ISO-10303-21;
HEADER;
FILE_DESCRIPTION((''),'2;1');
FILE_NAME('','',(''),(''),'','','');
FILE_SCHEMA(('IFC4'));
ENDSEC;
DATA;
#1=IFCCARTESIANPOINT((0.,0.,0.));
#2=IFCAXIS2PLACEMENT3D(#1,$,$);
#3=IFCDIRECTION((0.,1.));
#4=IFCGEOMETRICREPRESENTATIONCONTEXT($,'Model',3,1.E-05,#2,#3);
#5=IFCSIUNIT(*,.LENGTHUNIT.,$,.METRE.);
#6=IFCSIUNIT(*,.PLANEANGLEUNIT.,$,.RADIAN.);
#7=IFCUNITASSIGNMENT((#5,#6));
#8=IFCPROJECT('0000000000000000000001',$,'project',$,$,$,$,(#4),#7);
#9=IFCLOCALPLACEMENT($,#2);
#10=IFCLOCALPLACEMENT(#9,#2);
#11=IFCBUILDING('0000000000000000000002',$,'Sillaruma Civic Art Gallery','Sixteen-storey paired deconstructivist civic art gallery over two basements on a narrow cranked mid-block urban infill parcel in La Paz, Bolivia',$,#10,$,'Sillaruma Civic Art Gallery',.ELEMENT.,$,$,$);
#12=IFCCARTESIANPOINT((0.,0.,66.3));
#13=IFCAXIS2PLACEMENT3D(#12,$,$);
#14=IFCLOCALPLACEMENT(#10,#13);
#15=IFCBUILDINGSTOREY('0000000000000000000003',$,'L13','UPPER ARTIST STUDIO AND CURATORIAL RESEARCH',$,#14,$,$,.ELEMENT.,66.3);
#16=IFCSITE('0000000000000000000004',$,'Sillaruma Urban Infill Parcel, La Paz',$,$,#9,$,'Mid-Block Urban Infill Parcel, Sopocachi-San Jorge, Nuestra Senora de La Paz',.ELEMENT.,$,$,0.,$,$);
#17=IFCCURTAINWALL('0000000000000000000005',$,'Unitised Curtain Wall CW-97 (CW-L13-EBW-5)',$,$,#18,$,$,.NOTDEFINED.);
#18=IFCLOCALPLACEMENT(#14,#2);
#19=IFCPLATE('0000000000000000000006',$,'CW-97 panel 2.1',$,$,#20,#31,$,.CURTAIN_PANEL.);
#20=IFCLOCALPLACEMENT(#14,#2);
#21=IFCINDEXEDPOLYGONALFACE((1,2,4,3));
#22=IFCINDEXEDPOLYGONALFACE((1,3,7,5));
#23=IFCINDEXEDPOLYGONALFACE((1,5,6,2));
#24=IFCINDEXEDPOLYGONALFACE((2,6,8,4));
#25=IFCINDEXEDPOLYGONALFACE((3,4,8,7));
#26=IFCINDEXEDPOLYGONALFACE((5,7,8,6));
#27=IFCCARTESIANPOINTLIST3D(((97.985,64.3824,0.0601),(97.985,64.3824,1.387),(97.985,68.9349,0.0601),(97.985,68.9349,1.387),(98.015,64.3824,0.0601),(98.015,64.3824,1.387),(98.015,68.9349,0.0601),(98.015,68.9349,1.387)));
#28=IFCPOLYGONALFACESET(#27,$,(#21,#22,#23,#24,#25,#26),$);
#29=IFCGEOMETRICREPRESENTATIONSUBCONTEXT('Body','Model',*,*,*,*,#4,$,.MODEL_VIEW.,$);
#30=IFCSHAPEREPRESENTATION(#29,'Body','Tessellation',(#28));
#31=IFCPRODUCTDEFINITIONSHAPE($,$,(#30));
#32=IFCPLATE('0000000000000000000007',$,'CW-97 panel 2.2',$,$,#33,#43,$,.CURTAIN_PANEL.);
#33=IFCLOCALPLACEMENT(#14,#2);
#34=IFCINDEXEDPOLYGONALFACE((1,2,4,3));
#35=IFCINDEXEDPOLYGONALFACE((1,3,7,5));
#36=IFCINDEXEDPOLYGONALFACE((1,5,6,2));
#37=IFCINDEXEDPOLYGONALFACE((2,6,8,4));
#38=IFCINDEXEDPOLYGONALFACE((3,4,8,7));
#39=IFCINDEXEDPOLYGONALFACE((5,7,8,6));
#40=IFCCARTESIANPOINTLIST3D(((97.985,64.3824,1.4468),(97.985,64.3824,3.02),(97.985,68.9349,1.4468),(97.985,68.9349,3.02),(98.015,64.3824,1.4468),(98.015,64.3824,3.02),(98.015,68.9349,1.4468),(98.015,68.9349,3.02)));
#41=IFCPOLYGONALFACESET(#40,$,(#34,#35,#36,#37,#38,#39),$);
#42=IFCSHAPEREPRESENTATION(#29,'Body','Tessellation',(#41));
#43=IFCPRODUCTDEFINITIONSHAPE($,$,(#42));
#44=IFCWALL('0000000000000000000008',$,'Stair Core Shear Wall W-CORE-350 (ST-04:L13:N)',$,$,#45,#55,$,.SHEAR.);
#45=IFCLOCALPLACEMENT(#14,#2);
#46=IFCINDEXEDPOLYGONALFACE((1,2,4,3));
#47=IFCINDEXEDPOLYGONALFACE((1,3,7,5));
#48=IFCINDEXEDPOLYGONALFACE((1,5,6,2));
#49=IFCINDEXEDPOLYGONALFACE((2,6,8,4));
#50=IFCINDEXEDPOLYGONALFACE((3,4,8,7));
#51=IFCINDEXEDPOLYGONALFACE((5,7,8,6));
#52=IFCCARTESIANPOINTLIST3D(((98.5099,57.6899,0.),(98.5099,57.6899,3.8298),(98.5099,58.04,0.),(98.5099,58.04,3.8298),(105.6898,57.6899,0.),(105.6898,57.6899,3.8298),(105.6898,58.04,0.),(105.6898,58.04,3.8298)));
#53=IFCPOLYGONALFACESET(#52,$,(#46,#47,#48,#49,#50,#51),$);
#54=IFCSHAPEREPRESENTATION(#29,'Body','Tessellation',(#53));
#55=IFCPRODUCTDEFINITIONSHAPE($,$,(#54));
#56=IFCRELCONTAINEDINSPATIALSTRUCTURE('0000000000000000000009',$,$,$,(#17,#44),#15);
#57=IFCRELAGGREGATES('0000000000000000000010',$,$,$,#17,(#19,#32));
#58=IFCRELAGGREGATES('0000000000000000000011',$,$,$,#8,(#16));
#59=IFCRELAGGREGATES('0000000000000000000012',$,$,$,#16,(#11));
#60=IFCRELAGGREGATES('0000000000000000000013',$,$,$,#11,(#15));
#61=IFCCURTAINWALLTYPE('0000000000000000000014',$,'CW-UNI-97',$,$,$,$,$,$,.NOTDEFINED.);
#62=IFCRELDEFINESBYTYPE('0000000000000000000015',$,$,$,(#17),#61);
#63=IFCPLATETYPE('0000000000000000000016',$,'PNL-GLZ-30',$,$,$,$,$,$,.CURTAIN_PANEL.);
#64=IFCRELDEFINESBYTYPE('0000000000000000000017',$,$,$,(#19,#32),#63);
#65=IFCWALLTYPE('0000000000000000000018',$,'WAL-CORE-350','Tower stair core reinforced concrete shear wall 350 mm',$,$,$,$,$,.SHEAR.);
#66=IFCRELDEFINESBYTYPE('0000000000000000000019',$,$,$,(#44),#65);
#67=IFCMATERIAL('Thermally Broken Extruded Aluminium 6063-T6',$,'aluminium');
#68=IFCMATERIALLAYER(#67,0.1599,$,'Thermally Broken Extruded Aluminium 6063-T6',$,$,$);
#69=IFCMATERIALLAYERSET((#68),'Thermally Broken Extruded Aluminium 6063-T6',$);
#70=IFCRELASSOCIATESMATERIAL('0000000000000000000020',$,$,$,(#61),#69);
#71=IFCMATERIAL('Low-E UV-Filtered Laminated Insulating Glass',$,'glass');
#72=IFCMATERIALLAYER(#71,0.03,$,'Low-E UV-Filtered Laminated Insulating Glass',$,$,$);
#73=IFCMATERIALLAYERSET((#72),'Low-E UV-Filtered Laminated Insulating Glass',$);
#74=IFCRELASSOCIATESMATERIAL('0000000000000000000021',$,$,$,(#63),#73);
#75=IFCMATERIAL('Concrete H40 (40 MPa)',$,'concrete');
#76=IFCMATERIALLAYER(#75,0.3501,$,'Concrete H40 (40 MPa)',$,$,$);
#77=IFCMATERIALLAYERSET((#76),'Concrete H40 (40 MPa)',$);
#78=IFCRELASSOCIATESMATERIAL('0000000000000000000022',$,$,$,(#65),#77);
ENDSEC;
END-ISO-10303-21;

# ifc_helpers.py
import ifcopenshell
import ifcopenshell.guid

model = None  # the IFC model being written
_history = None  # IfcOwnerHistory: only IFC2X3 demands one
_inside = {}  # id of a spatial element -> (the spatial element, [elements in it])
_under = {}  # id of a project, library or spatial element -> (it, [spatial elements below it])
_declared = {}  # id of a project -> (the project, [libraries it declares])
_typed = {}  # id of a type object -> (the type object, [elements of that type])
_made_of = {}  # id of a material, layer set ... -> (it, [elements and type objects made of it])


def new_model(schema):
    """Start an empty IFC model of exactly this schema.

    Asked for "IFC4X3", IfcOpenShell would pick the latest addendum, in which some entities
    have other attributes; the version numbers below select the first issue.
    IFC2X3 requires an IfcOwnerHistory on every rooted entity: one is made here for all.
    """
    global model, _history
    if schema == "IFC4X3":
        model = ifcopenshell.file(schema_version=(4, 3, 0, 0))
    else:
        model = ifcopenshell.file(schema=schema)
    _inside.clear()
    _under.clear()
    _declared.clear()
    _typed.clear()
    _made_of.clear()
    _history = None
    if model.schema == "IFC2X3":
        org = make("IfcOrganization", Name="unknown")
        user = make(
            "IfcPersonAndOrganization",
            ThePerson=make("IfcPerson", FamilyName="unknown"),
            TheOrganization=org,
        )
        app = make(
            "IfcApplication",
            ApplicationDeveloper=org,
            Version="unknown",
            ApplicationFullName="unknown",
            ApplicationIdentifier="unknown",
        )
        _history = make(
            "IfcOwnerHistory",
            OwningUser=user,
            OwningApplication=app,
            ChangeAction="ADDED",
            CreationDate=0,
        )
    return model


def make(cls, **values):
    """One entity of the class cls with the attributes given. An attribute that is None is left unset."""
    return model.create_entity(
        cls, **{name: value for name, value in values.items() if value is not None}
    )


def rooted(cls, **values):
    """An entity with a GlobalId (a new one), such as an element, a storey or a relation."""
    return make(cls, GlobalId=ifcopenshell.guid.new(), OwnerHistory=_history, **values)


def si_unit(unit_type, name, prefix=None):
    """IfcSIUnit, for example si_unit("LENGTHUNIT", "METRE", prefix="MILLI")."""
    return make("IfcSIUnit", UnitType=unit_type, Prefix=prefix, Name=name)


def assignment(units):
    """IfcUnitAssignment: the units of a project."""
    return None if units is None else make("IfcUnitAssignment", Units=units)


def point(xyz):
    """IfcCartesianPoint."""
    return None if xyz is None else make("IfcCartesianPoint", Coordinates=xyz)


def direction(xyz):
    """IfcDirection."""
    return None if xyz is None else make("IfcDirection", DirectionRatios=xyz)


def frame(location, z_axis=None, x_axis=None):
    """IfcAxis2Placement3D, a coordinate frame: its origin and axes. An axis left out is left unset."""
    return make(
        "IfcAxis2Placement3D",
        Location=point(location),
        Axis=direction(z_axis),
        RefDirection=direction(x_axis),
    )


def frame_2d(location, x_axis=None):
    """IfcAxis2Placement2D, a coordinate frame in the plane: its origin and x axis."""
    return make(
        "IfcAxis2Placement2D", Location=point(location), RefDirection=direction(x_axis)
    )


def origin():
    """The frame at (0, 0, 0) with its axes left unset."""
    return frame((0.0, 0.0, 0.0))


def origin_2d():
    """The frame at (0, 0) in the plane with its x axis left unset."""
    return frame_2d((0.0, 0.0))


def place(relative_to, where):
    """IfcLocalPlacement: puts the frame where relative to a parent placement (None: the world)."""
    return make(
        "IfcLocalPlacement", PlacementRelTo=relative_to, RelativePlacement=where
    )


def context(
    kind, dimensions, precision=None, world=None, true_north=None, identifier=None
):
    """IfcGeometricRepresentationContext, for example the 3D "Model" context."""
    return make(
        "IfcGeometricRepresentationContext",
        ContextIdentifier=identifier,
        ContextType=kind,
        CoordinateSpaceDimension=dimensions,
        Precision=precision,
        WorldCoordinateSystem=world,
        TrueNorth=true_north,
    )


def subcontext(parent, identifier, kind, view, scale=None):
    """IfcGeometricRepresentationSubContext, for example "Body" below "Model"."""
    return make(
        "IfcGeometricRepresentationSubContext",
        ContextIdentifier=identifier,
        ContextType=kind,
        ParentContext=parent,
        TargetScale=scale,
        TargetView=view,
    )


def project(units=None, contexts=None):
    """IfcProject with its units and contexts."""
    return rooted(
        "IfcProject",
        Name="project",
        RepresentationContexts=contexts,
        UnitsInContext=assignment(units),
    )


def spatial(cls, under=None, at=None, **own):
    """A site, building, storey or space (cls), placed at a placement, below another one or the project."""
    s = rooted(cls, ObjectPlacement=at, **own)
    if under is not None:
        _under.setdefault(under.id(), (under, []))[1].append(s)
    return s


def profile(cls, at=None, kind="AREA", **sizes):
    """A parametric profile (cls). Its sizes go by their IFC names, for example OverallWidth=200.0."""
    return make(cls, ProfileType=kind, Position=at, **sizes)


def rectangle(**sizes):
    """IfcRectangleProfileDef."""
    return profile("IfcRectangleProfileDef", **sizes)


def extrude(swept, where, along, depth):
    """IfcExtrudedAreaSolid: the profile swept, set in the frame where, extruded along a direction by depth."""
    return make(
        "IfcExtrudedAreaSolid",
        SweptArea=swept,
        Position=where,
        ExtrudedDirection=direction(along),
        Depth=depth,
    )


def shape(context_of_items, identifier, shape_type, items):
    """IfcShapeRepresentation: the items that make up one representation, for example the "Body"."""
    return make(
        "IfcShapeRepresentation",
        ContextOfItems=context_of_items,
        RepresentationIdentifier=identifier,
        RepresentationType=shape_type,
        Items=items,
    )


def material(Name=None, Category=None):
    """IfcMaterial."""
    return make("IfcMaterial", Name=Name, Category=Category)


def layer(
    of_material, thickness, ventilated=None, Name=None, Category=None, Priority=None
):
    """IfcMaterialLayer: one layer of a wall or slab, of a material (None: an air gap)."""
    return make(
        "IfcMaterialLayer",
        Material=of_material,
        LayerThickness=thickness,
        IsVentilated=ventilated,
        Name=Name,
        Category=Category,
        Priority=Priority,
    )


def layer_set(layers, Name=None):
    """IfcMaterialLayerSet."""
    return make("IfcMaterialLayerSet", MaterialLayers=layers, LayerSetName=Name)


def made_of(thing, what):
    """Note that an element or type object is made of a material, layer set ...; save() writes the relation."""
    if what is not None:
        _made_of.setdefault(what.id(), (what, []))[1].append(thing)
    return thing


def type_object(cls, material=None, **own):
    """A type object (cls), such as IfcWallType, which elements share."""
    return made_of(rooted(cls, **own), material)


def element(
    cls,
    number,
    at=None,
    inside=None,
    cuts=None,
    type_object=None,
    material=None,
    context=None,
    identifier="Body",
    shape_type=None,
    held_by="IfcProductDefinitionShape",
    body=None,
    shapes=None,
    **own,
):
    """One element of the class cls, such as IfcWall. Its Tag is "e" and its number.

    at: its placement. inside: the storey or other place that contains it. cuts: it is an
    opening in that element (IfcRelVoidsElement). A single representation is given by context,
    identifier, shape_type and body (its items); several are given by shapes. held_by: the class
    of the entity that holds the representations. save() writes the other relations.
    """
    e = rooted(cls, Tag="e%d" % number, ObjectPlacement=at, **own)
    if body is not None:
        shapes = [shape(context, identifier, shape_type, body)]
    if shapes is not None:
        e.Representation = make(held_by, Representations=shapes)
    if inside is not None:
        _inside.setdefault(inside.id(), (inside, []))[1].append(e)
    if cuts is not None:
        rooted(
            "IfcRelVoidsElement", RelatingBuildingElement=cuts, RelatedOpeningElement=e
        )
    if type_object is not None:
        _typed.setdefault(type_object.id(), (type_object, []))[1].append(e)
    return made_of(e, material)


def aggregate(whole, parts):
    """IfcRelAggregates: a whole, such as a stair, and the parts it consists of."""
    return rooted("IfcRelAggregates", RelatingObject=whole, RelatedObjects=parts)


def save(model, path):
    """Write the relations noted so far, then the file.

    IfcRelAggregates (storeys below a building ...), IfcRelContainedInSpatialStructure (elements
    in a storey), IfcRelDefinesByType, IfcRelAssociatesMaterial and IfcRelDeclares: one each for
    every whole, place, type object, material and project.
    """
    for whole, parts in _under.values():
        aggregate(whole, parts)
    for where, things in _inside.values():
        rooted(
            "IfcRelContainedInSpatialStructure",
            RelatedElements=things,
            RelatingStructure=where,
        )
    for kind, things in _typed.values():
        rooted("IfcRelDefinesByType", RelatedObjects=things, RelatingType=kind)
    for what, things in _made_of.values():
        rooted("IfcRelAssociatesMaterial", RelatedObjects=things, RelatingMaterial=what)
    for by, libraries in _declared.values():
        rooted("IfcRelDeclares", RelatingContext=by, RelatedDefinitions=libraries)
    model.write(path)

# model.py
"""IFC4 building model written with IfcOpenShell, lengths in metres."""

from ifc_helpers import new_model, si_unit, direction, frame, frame_2d, origin, origin_2d, place, context, subcontext, project, spatial, rectangle, extrude, material, layer, layer_set, type_object, element, aggregate, save


model = new_model("IFC4")

# Units and contexts
model_context = context("Model", 3, precision=1e-05, world=origin(), true_north=direction((0.0, 1.0)))
body_context = subcontext(model_context, "Body", "Model", "MODEL_VIEW")
ifc_project = project(units=[si_unit("LENGTHUNIT", "METRE"), si_unit("PLANEANGLEUNIT", "RADIAN")], contexts=[model_context])

# Site, building, storey
site_placement = place(None, origin())
site = spatial("IfcSite", under=ifc_project, at=site_placement, Name="Sillaruma Urban Infill Parcel, La Paz", LongName="Mid-Block Urban Infill Parcel, Sopocachi-San Jorge, Nuestra Senora de La Paz", CompositionType="ELEMENT", RefElevation=0.0)
building_placement = place(site_placement, origin())
building = spatial("IfcBuilding", under=site, at=building_placement, Name="Sillaruma Civic Art Gallery", Description="Sixteen-storey paired deconstructivist civic art gallery over two basements on a narrow cranked mid-block urban infill parcel in La Paz, Bolivia", LongName="Sillaruma Civic Art Gallery", CompositionType="ELEMENT")
storey_placement = place(building_placement, frame((0.0, 0.0, 66.3)))
storey = spatial("IfcBuildingStorey", under=building, at=storey_placement, Name="L13", Description="UPPER ARTIST STUDIO AND CURATORIAL RESEARCH", CompositionType="ELEMENT", Elevation=66.3)

# Shared definitions
ifc_material_1 = material(Name="Concrete H40 (40 MPa)", Category="concrete")

# Curtain wall, plates
ifc_material_2 = material(Name="Thermally Broken Extruded Aluminium 6063-T6", Category="aluminium")
ifc_layer_1 = layer(ifc_material_2, 0.1599, Name="Thermally Broken Extruded Aluminium 6063-T6")
ifc_layer_set_1 = layer_set([ifc_layer_1], Name="Thermally Broken Extruded Aluminium 6063-T6")
curtain_wall_type = type_object("IfcCurtainWallType", Name="CW-UNI-97", PredefinedType="NOTDEFINED", material=ifc_layer_set_1)
curtain_wall_placement = place(storey_placement, origin())
curtain_wall = element("IfcCurtainWall", 1, at=curtain_wall_placement, inside=storey, type_object=curtain_wall_type, Name="Unitised Curtain Wall CW-97 (CW-L13-EBW-5)", PredefinedType="NOTDEFINED")
ifc_material_3 = material(Name="Low-E UV-Filtered Laminated Insulating Glass", Category="glass")
ifc_layer_2 = layer(ifc_material_3, 0.03, Name="Low-E UV-Filtered Laminated Insulating Glass")
ifc_layer_set_2 = layer_set([ifc_layer_2], Name="Low-E UV-Filtered Laminated Insulating Glass")
plate_type = type_object("IfcPlateType", Name="PNL-GLZ-30", PredefinedType="CURTAIN_PANEL", material=ifc_layer_set_2)
plate_1_placement = place(storey_placement, frame((98.0, 66.6587, 0.0601), z_axis=(0.0, 0.0, 1.0), x_axis=(0.0, 1.0, 0.0)))
plate_1 = element("IfcPlate", 2, at=plate_1_placement, type_object=plate_type, Name="CW-97 panel 2.1", PredefinedType="CURTAIN_PANEL", context=body_context, shape_type="SweptSolid", body=[
    extrude(rectangle(XDim=4.5525, YDim=0.03, at=origin_2d()), origin(), (0.0, 0.0, 1.0), 1.3269),
])
plate_2_placement = place(storey_placement, frame((98.0, 66.6587, 1.4468), z_axis=(0.0, 0.0, 1.0), x_axis=(0.0, 1.0, 0.0)))
plate_2 = element("IfcPlate", 3, at=plate_2_placement, type_object=plate_type, Name="CW-97 panel 2.2", PredefinedType="CURTAIN_PANEL", context=body_context, shape_type="SweptSolid", body=[
    extrude(rectangle(XDim=4.5525, YDim=0.03, at=origin_2d()), origin(), (0.0, 0.0, 1.0), 1.5732),
])
aggregate(curtain_wall, [plate_1, plate_2])

# Wall
ifc_layer_3 = layer(ifc_material_1, 0.3501, Name="Concrete H40 (40 MPa)")
ifc_layer_set_3 = layer_set([ifc_layer_3], Name="Concrete H40 (40 MPa)")
wall_type = type_object("IfcWallType", Name="WAL-CORE-350", Description="Tower stair core reinforced concrete shear wall 350 mm", PredefinedType="SHEAR", material=ifc_layer_set_3)
wall_placement = place(storey_placement, frame((98.51, 57.865, 0.0), z_axis=(0.0, 0.0, 1.0), x_axis=(1.0, 0.0, 0.0)))
element("IfcWall", 4, at=wall_placement, inside=storey, type_object=wall_type, Name="Stair Core Shear Wall W-CORE-350 (ST-04:L13:N)", PredefinedType="SHEAR", context=body_context, shape_type="SweptSolid", body=[
    extrude(rectangle(XDim=7.1799, YDim=0.3501, at=frame_2d((3.5898, 0.0))), origin(), (0.0, 0.0, 1.0), 3.8298),
])

save(model, "model.ifc")
